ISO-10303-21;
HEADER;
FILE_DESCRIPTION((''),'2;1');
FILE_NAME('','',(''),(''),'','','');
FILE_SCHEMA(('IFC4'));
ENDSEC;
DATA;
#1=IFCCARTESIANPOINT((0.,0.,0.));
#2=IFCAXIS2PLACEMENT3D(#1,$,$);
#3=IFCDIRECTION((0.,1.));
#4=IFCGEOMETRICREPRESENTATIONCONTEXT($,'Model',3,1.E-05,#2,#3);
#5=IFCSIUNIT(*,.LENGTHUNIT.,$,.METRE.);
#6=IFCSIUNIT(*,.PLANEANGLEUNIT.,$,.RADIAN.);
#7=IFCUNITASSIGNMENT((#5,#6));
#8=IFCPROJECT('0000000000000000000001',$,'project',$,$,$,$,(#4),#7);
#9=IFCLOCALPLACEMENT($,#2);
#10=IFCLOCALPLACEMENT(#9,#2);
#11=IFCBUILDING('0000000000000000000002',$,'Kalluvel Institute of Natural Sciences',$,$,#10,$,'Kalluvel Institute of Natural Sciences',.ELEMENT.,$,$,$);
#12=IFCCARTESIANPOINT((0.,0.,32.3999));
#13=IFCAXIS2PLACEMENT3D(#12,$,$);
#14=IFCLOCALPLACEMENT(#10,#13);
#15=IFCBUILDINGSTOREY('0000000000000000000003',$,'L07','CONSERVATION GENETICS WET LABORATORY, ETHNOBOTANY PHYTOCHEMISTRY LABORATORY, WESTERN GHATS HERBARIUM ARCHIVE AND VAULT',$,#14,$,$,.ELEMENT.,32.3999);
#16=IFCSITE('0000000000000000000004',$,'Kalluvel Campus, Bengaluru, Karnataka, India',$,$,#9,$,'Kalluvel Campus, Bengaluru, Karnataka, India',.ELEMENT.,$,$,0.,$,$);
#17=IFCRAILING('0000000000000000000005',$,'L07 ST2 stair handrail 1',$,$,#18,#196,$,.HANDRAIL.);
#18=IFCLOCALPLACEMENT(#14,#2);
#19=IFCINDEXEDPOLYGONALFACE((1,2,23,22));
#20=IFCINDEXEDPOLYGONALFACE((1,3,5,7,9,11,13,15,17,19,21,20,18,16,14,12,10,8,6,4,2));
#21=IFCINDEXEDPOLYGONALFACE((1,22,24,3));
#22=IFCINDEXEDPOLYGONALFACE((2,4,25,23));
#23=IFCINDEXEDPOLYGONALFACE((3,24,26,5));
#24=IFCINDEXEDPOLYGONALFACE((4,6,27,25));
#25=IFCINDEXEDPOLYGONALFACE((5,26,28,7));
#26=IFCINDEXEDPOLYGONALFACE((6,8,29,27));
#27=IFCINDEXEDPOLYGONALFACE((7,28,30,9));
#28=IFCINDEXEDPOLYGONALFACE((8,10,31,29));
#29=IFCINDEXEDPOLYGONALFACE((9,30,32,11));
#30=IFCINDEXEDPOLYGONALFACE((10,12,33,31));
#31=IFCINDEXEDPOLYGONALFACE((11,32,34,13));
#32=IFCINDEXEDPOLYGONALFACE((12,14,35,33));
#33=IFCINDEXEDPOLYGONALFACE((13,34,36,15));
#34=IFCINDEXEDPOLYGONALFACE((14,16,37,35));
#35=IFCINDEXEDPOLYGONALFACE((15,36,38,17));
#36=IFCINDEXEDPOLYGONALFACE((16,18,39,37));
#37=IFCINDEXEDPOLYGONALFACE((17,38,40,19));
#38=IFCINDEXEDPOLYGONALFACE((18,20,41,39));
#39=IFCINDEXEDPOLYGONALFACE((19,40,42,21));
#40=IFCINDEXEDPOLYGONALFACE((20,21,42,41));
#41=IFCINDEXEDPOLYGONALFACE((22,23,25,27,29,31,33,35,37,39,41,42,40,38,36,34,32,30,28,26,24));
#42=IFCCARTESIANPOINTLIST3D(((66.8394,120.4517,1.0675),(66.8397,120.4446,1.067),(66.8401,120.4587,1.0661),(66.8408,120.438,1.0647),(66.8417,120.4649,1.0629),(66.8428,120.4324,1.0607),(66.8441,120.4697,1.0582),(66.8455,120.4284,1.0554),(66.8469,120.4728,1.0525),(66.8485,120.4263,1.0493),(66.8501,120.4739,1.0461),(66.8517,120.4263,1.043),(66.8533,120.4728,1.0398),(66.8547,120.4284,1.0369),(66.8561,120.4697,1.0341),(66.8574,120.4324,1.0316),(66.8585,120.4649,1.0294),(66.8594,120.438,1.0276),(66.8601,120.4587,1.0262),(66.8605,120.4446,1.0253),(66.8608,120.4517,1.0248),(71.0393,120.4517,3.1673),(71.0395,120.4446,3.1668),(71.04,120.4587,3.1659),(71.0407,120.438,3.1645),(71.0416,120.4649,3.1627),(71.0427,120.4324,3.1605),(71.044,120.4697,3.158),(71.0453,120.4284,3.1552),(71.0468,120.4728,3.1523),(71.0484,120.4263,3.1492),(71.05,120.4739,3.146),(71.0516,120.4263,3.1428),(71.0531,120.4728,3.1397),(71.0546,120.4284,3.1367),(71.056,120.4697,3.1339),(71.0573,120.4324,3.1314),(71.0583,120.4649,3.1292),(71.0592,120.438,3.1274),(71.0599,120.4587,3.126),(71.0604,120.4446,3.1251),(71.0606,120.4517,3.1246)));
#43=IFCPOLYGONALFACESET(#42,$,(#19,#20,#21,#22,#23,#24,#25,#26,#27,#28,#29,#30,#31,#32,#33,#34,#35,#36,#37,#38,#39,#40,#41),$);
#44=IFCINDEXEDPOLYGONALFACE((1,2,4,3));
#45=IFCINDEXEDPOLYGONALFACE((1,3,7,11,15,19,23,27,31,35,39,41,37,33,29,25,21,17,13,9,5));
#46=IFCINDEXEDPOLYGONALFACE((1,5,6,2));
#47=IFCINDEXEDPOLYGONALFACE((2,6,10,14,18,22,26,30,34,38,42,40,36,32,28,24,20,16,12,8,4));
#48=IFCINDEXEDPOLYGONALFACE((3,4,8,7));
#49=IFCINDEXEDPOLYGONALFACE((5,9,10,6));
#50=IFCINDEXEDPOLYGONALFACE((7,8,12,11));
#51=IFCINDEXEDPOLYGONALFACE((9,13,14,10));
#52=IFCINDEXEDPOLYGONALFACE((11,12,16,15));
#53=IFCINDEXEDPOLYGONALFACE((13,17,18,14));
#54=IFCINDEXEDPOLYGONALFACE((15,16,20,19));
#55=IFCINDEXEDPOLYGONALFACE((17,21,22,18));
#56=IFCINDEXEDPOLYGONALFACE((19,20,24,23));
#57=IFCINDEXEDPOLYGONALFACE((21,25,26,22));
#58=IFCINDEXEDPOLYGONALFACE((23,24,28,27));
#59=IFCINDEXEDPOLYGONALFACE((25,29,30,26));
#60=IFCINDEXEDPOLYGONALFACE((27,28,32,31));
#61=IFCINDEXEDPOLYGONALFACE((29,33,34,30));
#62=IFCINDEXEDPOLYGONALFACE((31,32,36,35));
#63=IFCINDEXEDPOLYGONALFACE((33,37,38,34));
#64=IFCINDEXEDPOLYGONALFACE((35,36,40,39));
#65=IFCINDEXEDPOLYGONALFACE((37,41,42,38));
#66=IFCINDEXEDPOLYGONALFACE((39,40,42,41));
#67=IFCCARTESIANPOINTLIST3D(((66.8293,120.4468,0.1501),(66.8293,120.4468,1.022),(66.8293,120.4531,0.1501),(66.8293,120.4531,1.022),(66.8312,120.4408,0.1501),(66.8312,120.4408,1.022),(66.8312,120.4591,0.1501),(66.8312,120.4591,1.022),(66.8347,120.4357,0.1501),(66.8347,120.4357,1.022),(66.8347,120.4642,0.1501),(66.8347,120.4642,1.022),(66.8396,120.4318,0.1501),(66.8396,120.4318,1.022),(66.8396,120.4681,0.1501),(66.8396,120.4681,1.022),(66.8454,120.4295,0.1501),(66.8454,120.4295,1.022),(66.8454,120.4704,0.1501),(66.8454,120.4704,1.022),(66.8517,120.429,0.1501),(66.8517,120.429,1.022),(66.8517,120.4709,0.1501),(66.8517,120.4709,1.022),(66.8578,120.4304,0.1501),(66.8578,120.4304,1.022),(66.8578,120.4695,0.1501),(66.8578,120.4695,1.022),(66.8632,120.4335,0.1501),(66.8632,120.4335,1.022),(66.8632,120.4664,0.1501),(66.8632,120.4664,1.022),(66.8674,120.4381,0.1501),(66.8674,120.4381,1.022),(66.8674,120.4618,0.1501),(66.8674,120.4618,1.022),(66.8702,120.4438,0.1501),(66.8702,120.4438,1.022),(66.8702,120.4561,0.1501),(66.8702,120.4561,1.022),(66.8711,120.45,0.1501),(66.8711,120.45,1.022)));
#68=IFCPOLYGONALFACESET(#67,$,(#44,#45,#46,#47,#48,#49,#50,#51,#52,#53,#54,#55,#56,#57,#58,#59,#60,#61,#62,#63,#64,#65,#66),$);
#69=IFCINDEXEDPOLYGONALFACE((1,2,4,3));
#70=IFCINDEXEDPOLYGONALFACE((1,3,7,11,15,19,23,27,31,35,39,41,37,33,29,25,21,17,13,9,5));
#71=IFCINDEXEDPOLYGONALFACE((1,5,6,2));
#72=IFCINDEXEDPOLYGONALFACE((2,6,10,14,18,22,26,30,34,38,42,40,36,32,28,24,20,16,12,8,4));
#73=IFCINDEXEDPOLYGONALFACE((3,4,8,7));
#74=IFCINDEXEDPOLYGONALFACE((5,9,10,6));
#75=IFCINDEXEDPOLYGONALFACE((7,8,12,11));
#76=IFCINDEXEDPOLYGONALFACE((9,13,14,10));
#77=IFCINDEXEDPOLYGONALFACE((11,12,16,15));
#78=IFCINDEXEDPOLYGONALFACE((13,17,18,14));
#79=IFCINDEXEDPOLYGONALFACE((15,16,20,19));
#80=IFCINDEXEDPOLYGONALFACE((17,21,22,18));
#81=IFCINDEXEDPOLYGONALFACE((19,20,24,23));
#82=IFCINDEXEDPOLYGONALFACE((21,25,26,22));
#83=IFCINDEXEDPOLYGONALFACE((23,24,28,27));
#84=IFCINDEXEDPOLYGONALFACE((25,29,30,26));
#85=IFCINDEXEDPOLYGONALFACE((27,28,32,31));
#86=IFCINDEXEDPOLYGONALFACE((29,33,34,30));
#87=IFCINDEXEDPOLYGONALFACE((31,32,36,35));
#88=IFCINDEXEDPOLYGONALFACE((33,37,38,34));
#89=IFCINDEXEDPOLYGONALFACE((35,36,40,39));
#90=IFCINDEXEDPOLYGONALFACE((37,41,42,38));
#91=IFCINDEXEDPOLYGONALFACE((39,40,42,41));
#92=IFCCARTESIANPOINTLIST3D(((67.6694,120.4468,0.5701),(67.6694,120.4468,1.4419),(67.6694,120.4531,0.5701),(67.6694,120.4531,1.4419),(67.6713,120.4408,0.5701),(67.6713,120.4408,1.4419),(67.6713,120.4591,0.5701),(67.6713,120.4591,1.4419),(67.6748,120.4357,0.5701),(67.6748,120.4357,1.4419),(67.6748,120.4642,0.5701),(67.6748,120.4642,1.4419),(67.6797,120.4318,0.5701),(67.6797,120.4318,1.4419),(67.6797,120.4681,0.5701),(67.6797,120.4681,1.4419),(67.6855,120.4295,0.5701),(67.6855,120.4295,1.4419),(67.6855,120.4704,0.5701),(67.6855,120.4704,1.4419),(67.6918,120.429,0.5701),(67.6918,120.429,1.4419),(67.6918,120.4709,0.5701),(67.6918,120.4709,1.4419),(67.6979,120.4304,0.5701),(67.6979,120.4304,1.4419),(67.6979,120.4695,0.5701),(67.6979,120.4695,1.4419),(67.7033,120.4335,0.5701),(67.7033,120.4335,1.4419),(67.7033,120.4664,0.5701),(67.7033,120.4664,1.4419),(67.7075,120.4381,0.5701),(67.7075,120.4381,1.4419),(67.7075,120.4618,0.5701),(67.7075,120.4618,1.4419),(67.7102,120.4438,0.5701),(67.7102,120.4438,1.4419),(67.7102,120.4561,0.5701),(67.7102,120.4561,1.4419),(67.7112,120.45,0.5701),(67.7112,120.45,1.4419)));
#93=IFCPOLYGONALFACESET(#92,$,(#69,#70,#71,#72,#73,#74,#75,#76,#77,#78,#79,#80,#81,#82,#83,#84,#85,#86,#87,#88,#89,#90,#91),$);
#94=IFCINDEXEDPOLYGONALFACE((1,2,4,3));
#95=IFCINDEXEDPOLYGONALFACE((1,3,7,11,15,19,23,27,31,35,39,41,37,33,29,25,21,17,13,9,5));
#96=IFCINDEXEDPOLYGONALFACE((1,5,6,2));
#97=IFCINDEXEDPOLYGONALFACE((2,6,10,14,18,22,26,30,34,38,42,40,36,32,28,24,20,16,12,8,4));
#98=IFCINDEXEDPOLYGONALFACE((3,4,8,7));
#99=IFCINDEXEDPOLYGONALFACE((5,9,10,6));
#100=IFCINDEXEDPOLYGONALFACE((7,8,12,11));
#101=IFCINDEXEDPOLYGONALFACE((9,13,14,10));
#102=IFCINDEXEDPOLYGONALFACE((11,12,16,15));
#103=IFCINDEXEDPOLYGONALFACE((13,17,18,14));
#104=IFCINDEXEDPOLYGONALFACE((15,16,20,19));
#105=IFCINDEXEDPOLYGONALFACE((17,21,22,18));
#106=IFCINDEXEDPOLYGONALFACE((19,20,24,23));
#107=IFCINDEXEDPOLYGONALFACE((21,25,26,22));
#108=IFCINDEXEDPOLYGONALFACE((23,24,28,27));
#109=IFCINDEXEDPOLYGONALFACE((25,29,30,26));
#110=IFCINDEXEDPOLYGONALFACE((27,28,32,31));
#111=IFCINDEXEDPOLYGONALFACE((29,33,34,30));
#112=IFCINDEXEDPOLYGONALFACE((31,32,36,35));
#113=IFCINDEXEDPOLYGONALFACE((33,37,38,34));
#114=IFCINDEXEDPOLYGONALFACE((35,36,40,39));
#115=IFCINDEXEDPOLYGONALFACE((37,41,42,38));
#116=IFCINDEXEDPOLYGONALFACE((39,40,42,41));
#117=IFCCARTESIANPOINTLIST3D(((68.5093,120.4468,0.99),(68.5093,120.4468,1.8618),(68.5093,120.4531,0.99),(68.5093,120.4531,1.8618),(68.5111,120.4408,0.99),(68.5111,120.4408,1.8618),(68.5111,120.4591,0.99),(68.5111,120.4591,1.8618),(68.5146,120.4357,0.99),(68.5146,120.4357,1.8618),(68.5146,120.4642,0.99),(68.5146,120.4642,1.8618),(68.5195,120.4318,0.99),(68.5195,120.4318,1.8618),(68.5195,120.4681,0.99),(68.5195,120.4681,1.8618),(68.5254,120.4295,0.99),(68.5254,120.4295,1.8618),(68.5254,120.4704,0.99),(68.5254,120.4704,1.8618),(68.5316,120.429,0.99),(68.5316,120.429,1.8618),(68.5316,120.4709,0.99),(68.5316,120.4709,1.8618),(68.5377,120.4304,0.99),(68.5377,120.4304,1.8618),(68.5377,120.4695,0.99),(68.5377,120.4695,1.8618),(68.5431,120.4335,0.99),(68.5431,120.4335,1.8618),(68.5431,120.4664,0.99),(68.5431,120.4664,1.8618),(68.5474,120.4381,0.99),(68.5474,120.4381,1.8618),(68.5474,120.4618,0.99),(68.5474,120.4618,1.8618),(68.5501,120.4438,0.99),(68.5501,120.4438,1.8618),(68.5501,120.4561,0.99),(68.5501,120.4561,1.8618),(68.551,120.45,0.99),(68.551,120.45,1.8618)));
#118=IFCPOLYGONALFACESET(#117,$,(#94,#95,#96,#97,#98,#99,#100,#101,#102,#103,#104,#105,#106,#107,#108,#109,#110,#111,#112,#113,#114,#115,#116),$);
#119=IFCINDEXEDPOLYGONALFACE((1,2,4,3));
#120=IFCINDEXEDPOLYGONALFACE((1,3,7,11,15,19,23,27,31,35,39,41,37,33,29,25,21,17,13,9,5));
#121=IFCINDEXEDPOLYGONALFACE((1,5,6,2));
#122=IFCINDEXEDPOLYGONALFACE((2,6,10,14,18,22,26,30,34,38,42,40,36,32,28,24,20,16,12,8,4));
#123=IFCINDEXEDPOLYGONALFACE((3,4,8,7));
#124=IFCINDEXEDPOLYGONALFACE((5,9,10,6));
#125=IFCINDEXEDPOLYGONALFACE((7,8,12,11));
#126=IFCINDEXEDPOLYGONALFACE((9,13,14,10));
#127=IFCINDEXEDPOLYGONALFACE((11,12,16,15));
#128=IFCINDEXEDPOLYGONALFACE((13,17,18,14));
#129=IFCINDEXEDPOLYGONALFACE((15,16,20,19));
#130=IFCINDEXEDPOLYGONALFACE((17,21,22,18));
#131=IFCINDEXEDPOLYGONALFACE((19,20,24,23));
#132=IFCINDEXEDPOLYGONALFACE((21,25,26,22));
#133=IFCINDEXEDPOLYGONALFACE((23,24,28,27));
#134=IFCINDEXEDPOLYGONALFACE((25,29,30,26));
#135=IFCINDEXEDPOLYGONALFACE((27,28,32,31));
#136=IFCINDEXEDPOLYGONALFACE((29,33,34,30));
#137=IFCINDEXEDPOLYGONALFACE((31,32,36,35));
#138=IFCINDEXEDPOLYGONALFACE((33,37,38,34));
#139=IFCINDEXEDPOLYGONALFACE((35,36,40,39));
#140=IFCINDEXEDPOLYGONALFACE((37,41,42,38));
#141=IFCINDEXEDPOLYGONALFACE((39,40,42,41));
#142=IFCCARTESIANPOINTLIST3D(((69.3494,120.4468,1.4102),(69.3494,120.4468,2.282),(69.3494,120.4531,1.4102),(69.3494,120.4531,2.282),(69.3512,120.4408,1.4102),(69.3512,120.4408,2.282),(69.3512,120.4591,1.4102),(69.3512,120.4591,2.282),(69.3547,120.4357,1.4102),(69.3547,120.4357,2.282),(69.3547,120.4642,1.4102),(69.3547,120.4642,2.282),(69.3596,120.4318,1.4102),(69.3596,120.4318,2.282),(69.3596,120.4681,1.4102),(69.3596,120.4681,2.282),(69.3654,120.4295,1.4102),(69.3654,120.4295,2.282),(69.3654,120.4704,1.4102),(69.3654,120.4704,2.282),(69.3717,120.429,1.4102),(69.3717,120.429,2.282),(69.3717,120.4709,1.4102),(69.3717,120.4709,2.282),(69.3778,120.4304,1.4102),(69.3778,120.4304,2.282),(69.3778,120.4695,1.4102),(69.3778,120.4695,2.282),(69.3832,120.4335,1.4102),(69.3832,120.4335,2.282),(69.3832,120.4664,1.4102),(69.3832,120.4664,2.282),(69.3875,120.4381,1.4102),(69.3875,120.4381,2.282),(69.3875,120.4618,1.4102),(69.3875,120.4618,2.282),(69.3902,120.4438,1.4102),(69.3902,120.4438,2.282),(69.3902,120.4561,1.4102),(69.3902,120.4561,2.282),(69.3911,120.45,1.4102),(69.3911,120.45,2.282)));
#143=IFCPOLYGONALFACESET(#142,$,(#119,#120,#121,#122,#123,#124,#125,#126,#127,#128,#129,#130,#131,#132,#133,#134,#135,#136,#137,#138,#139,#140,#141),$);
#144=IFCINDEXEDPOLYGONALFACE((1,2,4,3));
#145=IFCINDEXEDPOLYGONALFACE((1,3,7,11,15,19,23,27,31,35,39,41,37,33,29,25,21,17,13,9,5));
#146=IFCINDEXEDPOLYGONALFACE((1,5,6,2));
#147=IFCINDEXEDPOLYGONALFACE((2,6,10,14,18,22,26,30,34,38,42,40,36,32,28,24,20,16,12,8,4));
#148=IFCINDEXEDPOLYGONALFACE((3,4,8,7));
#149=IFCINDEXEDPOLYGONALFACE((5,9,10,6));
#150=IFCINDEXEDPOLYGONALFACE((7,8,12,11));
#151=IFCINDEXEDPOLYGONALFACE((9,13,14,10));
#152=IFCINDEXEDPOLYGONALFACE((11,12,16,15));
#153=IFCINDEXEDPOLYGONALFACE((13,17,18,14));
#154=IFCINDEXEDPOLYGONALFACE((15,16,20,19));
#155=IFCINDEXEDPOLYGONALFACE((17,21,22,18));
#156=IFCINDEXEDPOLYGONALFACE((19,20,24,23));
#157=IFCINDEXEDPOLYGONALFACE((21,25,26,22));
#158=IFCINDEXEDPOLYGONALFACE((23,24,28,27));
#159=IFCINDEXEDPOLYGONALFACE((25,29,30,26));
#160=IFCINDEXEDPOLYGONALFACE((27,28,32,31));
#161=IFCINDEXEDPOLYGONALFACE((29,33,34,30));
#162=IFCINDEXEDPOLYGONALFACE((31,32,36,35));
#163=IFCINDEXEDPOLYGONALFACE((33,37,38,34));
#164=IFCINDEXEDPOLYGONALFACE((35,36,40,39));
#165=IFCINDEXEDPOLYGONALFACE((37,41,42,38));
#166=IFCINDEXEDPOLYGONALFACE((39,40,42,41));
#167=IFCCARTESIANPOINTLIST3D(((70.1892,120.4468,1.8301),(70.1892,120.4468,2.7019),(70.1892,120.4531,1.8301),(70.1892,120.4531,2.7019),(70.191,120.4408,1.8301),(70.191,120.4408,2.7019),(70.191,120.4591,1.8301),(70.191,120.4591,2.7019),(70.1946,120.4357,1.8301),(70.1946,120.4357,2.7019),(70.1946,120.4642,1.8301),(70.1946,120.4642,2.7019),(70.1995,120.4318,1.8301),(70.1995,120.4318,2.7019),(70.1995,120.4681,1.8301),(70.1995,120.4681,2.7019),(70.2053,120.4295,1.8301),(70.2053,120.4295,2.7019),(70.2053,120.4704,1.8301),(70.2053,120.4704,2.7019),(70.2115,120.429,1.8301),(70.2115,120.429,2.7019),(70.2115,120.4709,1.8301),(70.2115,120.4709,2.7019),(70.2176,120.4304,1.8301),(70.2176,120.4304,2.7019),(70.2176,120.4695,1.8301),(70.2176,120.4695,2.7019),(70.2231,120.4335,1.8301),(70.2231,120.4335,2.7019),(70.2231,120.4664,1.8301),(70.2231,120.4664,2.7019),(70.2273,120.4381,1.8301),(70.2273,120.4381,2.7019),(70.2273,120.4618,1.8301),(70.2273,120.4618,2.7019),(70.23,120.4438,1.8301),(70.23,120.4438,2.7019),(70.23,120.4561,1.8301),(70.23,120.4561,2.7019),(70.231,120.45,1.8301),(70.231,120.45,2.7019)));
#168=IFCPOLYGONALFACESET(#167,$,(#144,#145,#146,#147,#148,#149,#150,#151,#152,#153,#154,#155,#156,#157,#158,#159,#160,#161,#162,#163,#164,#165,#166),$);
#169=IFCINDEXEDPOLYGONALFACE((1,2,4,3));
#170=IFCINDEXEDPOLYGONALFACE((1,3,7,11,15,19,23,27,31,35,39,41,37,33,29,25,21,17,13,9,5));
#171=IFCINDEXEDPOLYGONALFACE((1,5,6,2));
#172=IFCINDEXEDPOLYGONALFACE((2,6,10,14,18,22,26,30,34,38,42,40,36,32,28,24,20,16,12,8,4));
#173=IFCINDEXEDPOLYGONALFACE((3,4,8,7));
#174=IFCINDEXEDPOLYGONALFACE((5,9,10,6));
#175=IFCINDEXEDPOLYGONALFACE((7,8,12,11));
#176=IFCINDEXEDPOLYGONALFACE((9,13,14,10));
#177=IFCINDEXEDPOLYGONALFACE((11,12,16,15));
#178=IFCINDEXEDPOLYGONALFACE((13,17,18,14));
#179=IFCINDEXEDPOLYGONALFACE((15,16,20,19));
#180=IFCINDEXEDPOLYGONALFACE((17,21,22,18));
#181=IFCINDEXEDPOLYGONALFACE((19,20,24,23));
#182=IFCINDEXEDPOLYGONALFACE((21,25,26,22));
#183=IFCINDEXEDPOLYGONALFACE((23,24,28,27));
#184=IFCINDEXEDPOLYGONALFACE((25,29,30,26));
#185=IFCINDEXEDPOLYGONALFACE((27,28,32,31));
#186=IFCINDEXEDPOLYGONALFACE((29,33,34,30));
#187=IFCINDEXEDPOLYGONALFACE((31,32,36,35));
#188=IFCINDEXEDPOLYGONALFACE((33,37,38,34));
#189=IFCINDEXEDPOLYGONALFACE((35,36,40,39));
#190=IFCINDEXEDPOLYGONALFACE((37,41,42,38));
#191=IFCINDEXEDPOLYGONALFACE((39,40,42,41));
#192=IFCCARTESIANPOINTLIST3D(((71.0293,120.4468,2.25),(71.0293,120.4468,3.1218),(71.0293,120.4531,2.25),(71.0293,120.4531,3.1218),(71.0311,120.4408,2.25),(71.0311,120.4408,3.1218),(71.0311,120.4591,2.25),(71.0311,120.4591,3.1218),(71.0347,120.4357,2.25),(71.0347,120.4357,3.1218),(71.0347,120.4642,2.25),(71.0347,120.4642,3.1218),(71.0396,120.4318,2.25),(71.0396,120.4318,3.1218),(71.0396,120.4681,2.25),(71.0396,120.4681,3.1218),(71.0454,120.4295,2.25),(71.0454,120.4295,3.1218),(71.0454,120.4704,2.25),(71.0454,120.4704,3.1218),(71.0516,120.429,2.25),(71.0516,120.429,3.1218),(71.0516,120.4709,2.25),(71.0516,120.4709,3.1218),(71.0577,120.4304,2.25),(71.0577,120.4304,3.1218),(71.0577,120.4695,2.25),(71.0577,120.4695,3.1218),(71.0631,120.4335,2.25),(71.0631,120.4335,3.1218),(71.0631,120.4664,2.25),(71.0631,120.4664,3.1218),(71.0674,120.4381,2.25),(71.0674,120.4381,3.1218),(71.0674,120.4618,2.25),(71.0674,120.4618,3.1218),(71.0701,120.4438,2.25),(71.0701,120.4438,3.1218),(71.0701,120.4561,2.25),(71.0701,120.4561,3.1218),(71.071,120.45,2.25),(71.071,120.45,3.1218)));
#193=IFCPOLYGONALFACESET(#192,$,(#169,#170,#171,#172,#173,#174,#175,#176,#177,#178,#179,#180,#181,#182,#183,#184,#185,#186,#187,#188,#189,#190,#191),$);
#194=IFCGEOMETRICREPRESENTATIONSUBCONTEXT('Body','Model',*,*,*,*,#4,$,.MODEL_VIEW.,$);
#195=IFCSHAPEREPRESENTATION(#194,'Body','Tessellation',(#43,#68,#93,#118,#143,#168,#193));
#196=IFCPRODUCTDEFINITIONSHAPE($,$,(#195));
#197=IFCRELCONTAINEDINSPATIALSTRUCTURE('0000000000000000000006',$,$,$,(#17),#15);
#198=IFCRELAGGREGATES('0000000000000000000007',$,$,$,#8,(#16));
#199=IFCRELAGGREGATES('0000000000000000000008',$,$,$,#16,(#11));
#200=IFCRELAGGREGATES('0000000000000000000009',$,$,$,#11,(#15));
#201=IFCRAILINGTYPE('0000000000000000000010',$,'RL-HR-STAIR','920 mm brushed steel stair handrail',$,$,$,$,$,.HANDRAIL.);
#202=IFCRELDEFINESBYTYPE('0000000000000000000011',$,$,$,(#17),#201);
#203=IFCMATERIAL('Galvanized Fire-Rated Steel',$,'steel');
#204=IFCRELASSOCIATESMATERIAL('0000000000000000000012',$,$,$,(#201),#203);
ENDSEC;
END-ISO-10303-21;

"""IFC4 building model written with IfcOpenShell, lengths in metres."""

from ifc_helpers import new_model, si_unit, direction, frame, origin, origin_2d, place, context, subcontext, project, spatial, circle, extrude, material, type_object, element, save


model = new_model("IFC4")

# Units and contexts
model_context = context("Model", 3, precision=1e-05, world=origin(), true_north=direction((0.0, 1.0)))
body_context = subcontext(model_context, "Body", "Model", "MODEL_VIEW")
ifc_project = project(units=[si_unit("LENGTHUNIT", "METRE"), si_unit("PLANEANGLEUNIT", "RADIAN")], contexts=[model_context])

# Site, building, storey
site_placement = place(None, origin())
site = spatial("IfcSite", under=ifc_project, at=site_placement, Name="Kalluvel Campus, Bengaluru, Karnataka, India", LongName="Kalluvel Campus, Bengaluru, Karnataka, India", CompositionType="ELEMENT", RefElevation=0.0)
building_placement = place(site_placement, origin())
building = spatial("IfcBuilding", under=site, at=building_placement, Name="Kalluvel Institute of Natural Sciences", LongName="Kalluvel Institute of Natural Sciences", CompositionType="ELEMENT")
storey_placement = place(building_placement, frame((0.0, 0.0, 32.3999)))
storey = spatial("IfcBuildingStorey", under=building, at=storey_placement, Name="L07", Description="CONSERVATION GENETICS WET LABORATORY, ETHNOBOTANY PHYTOCHEMISTRY LABORATORY, WESTERN GHATS HERBARIUM ARCHIVE AND VAULT", CompositionType="ELEMENT", Elevation=32.3999)

# Shared definitions
ifc_material_1 = material(Name="Galvanized Fire-Rated Steel", Category="steel")

# Railing
railing_type_1 = type_object("IfcRailingType", Name="RL-HR-STAIR", Description="920 mm brushed steel stair handrail", PredefinedType="HANDRAIL", material=ifc_material_1)
railing_1_placement = place(storey_placement, frame((66.8501, 120.45, 0.1501)))
element("IfcRailing", 1, at=railing_1_placement, inside=storey, type_object=railing_type_1, Name="L07 ST2 stair handrail 1", PredefinedType="HANDRAIL", context=body_context, shape_type="SweptSolid", body=[
    extrude(circle(Radius=0.0239, at=origin_2d()), frame((0.0, 0.0, 0.896), z_axis=(0.894438, 0.0, 0.447193), x_axis=(0.0, 1.0, 0.0)), (0.0, 0.0, 1.0), 4.6956),
    extrude(circle(Radius=0.021, at=origin_2d()), origin(), (0.0, 0.0, 1.0), 0.8718),
    extrude(circle(Radius=0.021, at=origin_2d()), frame((0.8401, 0.0, 0.4199)), (0.0, 0.0, 1.0), 0.8718),
    extrude(circle(Radius=0.021, at=origin_2d()), frame((1.6799, 0.0, 0.8398)), (0.0, 0.0, 1.0), 0.8718),
    extrude(circle(Radius=0.021, at=origin_2d()), frame((2.52, 0.0, 1.26)), (0.0, 0.0, 1.0), 0.8718),
    extrude(circle(Radius=0.021, at=origin_2d()), frame((3.3599, 0.0, 1.6799)), (0.0, 0.0, 1.0), 0.8718),
    extrude(circle(Radius=0.021, at=origin_2d()), frame((4.2, 0.0, 2.0999)), (0.0, 0.0, 1.0), 0.8718),
])

save(model, "model.ifc")
